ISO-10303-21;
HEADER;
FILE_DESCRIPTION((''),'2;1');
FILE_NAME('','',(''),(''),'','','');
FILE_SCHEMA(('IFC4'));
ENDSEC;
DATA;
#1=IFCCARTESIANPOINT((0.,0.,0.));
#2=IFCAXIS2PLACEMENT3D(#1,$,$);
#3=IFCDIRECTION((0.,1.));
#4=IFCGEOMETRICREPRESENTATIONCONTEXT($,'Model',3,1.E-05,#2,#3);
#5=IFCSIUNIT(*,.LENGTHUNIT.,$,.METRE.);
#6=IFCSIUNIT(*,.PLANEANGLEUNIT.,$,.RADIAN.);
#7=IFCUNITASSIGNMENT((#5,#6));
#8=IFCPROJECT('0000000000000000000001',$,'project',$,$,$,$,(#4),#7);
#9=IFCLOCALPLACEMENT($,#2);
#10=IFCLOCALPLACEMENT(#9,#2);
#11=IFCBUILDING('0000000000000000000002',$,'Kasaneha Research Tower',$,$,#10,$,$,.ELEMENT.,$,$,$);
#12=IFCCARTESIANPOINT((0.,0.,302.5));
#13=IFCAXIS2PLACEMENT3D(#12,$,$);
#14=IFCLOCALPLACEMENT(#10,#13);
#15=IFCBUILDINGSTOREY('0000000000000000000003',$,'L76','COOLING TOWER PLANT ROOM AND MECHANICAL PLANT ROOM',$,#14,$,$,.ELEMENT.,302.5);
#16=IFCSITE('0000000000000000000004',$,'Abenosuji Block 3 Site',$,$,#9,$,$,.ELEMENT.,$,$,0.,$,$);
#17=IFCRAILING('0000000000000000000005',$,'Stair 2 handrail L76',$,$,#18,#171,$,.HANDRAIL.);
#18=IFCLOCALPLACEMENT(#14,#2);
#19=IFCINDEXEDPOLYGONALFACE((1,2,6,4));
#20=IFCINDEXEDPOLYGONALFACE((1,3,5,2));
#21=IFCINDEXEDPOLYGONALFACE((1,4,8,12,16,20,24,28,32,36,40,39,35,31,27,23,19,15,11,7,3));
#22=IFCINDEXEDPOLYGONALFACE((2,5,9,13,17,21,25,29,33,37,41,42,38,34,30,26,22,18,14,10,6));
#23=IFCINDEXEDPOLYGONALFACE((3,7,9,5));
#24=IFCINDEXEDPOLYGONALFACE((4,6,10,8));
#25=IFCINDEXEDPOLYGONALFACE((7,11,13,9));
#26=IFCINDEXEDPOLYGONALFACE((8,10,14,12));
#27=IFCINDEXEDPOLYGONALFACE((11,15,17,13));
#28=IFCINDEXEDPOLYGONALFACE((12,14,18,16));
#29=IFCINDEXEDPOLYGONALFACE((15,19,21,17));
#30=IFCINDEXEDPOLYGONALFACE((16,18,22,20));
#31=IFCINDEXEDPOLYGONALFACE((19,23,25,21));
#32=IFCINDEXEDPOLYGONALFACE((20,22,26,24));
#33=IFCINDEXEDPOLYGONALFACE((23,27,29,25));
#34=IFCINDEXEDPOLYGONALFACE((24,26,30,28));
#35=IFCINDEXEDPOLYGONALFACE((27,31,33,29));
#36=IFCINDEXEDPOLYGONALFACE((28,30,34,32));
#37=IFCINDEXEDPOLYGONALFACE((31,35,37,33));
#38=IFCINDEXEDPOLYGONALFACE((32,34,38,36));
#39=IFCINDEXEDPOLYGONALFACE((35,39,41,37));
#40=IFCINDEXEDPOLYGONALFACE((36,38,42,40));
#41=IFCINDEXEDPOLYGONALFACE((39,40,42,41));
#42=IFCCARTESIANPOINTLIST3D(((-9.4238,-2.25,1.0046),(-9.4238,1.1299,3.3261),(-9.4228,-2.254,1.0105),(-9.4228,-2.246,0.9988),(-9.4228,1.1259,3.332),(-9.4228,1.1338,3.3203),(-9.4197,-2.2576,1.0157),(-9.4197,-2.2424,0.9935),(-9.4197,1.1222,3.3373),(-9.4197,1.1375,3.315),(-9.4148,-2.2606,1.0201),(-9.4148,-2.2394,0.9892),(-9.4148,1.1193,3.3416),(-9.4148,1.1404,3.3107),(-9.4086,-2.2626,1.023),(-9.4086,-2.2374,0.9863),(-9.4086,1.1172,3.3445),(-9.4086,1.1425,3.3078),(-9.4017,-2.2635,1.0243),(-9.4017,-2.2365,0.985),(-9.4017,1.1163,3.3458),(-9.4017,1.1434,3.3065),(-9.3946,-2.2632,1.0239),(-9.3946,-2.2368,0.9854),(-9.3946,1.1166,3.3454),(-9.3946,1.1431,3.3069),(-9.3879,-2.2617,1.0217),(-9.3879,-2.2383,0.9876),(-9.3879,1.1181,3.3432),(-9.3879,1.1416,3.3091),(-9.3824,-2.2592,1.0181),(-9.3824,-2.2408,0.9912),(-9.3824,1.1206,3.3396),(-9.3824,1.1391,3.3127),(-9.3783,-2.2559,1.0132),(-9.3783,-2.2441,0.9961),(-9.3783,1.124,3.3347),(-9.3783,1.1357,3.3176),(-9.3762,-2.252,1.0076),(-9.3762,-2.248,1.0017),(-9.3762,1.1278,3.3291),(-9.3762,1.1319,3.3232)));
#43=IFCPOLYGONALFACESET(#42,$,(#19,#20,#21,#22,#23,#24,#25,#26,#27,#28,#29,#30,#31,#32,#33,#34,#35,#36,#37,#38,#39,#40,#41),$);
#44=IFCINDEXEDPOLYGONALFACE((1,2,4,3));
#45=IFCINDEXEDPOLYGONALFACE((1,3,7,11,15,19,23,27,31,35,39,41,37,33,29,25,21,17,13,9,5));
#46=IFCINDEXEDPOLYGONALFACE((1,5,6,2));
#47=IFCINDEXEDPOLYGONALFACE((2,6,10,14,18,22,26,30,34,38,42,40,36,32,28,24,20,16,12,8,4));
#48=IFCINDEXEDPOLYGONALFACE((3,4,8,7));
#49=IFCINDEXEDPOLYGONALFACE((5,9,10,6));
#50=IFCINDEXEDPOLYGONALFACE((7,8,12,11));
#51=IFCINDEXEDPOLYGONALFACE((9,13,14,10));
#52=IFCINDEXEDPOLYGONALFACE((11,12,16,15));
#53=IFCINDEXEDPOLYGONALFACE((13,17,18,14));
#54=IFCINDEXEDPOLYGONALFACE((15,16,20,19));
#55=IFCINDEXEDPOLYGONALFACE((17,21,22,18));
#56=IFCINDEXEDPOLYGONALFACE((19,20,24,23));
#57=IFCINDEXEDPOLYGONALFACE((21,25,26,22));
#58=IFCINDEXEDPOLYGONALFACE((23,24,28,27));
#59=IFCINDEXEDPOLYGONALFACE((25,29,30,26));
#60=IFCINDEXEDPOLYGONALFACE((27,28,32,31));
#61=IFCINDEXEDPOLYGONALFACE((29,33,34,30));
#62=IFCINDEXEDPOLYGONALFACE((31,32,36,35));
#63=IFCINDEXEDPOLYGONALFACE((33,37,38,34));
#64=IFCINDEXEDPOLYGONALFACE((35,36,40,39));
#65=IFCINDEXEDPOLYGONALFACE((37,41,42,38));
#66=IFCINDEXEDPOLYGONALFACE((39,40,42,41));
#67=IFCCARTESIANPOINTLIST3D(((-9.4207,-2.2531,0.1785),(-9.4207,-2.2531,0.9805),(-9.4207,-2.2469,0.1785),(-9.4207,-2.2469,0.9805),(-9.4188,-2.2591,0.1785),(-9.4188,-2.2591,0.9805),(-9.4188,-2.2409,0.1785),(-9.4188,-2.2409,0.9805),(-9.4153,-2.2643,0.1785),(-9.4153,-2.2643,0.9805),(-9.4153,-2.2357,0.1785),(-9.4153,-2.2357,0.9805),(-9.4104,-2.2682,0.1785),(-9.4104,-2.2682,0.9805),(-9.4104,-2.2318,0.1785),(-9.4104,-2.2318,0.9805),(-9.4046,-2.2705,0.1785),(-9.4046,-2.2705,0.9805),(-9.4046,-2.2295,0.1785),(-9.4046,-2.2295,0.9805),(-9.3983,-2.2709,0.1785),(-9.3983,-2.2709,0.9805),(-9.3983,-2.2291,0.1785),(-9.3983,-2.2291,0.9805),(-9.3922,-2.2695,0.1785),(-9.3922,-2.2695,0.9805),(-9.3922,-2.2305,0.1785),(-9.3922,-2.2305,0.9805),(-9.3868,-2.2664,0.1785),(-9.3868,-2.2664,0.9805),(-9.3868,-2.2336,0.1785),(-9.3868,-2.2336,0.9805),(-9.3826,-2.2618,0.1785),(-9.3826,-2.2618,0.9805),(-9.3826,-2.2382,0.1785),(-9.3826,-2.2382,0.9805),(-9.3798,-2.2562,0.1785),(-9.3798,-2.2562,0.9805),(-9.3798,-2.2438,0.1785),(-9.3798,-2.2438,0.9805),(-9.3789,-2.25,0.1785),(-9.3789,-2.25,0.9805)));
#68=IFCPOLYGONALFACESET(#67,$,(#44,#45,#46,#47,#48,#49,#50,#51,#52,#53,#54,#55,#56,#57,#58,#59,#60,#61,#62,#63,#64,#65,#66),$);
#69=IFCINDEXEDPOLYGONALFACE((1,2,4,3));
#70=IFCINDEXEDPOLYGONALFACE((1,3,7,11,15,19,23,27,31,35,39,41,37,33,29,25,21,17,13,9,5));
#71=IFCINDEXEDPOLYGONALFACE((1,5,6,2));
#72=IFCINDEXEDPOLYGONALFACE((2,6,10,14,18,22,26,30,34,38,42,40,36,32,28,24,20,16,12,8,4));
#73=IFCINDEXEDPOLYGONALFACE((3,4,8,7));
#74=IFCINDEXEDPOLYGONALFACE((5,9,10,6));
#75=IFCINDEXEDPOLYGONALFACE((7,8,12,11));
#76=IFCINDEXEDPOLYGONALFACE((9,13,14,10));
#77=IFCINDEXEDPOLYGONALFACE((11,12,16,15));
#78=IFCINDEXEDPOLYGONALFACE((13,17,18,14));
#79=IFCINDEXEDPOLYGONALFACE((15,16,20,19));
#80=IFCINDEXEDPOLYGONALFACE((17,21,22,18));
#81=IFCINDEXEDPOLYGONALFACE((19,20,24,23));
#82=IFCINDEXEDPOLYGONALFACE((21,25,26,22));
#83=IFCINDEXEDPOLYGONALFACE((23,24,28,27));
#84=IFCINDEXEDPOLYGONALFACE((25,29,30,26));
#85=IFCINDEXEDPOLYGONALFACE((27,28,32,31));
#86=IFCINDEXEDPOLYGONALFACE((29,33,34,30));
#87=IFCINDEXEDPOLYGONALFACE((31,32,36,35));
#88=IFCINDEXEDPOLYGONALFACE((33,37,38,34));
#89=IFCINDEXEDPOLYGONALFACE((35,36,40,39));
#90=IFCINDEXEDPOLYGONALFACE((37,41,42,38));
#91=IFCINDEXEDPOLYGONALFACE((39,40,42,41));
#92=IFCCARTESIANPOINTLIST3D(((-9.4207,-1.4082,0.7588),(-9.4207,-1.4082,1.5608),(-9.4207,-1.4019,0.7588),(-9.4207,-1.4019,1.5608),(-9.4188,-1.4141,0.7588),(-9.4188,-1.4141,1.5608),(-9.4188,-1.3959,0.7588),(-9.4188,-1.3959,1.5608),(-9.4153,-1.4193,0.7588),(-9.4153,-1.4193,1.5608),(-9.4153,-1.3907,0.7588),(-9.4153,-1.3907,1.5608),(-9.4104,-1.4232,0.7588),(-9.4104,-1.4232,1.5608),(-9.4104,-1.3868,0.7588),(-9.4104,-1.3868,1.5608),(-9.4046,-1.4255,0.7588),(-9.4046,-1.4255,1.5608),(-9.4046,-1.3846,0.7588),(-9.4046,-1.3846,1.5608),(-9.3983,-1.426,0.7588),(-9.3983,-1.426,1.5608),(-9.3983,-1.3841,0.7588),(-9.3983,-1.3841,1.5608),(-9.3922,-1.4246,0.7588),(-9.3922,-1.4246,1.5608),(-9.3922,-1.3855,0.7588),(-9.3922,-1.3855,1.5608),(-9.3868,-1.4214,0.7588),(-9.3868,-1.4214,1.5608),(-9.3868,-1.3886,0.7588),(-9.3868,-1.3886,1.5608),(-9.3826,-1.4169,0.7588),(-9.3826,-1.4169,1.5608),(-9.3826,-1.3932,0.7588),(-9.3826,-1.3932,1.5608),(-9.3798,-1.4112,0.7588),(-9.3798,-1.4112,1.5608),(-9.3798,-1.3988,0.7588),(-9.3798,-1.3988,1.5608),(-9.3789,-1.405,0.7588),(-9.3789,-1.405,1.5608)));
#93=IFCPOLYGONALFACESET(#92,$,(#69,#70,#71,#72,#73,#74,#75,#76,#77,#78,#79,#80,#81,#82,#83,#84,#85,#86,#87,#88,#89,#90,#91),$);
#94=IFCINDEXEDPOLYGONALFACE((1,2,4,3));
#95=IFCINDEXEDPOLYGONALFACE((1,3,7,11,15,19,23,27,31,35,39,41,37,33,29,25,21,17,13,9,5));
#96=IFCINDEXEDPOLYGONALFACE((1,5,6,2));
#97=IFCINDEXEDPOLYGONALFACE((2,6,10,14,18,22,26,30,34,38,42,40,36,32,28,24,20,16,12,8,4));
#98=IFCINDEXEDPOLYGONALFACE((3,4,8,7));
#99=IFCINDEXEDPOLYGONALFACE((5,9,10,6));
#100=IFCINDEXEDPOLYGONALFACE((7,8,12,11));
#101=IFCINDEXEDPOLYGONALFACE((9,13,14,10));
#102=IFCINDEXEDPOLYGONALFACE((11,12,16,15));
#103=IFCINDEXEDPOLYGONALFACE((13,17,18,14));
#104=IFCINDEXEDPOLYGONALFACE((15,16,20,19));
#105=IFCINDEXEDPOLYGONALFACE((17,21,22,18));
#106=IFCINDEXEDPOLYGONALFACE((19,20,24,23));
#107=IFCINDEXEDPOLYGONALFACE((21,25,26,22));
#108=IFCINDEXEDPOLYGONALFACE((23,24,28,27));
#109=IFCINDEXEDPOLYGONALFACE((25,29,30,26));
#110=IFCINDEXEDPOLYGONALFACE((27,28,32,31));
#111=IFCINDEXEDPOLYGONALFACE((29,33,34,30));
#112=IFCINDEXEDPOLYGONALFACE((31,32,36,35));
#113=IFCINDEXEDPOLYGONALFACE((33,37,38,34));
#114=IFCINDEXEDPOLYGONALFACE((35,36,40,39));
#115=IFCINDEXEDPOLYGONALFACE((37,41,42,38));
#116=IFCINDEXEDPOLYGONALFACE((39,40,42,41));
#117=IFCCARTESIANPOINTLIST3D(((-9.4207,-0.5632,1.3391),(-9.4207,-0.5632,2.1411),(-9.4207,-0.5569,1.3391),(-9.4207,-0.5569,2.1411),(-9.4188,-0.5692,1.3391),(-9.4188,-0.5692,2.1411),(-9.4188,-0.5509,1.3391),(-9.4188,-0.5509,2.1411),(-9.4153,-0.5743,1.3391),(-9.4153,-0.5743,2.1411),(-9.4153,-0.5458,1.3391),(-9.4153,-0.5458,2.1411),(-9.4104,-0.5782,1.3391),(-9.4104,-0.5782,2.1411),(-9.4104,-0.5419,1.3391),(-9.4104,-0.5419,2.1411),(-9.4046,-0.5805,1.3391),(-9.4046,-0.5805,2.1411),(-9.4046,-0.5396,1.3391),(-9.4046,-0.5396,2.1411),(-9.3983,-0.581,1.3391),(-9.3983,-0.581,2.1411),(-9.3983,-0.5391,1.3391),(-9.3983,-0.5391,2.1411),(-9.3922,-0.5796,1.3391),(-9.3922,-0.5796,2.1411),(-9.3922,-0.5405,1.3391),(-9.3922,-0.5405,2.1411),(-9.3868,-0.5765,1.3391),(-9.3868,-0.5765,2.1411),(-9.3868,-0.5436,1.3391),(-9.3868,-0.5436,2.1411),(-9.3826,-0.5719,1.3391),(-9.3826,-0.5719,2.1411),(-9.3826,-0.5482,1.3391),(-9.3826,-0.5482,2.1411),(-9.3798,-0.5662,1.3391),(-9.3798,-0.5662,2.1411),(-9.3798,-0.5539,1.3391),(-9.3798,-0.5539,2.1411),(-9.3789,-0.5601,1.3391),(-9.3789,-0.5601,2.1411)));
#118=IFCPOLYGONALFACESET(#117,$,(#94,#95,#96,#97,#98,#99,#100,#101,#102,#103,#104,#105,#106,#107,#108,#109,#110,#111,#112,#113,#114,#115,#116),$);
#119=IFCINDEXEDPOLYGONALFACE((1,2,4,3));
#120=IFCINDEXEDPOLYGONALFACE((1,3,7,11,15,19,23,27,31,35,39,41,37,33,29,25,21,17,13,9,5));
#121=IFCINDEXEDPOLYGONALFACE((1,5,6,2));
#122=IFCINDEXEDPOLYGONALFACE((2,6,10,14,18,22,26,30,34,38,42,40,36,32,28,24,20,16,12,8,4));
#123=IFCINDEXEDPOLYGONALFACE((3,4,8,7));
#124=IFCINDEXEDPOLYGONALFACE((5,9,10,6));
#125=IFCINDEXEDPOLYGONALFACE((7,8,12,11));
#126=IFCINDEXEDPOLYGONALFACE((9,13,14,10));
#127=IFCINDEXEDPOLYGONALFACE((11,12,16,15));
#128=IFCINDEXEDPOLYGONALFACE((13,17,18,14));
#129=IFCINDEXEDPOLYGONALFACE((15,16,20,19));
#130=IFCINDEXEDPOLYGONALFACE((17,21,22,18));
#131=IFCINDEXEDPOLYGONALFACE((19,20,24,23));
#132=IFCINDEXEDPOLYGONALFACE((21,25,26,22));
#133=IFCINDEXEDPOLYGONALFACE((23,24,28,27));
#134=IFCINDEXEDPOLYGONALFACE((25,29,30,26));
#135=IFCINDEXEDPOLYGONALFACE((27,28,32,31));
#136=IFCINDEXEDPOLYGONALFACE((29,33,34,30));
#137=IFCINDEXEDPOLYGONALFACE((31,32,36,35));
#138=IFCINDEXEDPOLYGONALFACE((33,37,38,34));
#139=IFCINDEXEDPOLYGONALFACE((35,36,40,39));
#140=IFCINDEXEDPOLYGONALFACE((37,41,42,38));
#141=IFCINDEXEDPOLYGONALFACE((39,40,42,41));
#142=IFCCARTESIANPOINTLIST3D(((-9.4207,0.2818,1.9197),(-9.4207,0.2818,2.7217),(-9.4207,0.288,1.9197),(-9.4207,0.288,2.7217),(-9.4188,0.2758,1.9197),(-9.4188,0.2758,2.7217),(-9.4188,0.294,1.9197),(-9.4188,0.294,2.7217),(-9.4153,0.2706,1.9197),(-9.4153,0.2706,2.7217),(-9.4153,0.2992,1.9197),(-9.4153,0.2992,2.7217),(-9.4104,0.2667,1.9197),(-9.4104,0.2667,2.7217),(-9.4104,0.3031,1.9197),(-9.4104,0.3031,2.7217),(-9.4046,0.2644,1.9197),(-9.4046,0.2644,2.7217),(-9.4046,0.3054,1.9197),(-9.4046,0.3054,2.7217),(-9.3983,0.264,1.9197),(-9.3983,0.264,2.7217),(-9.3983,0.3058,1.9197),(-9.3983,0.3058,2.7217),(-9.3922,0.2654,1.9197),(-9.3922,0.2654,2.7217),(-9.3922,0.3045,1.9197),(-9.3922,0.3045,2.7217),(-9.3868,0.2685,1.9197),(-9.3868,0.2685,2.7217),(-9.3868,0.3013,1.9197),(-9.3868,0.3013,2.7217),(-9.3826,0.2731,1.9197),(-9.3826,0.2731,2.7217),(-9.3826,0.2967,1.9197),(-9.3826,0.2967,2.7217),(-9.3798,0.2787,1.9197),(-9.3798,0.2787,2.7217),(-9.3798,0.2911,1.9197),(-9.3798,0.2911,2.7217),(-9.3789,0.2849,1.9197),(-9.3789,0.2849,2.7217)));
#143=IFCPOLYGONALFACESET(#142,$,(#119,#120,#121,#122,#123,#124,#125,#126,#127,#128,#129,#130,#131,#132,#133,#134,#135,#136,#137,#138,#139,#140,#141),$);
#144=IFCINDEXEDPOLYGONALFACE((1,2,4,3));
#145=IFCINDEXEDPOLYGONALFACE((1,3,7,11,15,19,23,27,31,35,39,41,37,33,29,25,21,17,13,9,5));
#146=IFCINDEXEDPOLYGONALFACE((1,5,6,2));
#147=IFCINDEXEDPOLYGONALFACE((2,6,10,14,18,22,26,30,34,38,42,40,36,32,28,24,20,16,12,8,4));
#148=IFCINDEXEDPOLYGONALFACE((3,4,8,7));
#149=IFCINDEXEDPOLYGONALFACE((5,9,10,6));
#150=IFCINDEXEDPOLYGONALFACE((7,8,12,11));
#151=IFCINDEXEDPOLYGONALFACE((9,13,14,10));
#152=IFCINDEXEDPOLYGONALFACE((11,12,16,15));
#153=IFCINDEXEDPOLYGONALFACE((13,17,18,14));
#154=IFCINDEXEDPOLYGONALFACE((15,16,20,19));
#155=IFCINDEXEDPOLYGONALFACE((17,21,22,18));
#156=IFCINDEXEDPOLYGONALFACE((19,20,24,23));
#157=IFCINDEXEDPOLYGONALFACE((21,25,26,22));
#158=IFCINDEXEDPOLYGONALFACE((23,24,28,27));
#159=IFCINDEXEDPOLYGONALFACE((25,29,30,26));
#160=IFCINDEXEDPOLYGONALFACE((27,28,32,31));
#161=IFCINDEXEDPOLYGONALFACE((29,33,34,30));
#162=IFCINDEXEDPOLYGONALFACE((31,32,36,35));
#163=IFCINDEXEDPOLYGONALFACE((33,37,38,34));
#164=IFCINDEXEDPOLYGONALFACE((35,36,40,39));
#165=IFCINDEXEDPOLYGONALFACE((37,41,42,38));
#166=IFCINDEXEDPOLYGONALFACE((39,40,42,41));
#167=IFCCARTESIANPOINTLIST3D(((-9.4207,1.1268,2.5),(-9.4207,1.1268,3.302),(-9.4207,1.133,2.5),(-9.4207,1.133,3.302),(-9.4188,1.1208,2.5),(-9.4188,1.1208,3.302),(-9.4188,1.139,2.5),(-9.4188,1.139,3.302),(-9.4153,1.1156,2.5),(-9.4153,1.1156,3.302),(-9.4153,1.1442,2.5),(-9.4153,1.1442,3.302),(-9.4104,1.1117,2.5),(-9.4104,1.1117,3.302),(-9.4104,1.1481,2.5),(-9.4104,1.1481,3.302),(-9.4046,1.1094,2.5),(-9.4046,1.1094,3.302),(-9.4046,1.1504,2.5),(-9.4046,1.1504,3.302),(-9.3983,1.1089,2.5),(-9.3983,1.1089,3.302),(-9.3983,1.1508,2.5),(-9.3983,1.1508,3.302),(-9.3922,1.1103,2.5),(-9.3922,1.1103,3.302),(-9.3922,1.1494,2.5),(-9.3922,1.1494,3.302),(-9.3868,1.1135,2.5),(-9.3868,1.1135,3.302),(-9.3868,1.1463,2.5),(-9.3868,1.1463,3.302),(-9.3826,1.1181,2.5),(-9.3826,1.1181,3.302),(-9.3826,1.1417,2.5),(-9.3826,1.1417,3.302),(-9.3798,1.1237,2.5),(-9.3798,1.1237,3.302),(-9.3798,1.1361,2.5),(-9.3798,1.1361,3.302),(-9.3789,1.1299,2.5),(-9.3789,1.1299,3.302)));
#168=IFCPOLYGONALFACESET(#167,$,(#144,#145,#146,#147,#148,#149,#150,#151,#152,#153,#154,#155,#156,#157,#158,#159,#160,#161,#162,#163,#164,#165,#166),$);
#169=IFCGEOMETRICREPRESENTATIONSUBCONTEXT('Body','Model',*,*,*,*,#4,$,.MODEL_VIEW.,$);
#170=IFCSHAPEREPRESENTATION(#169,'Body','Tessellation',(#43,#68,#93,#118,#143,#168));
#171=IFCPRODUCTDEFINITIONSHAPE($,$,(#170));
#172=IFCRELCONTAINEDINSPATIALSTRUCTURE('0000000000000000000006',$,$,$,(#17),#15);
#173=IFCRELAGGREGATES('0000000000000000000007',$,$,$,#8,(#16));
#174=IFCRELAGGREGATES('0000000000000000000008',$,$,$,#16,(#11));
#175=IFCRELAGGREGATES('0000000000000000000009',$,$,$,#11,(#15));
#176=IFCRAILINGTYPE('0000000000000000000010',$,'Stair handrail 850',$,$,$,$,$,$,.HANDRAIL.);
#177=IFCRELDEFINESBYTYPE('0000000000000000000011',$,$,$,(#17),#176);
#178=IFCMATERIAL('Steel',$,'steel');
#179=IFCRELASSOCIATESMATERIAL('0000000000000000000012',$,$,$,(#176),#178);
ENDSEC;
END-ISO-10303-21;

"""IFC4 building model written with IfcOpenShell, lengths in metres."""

from ifc_helpers import new_model, si_unit, direction, frame, origin, origin_2d, place, context, subcontext, project, spatial, circle, extrude, material, type_object, element, save


model = new_model("IFC4")

# Units and contexts
model_context = context("Model", 3, precision=1e-05, world=origin(), true_north=direction((0.0, 1.0)))
body_context = subcontext(model_context, "Body", "Model", "MODEL_VIEW")
ifc_project = project(units=[si_unit("LENGTHUNIT", "METRE"), si_unit("PLANEANGLEUNIT", "RADIAN")], contexts=[model_context])

# Site, building, storey
site_placement = place(None, origin())
site = spatial("IfcSite", under=ifc_project, at=site_placement, Name="Abenosuji Block 3 Site", CompositionType="ELEMENT", RefElevation=0.0)
building_placement = place(site_placement, origin())
building = spatial("IfcBuilding", under=site, at=building_placement, Name="Kasaneha Research Tower", CompositionType="ELEMENT")
storey_placement = place(building_placement, frame((0.0, 0.0, 302.5)))
storey = spatial("IfcBuildingStorey", under=building, at=storey_placement, Name="L76", Description="COOLING TOWER PLANT ROOM AND MECHANICAL PLANT ROOM", CompositionType="ELEMENT", Elevation=302.5)

# Railing
ifc_material_1 = material(Name="Steel", Category="steel")
railing_type = type_object("IfcRailingType", Name="Stair handrail 850", PredefinedType="HANDRAIL", material=ifc_material_1)
railing_placement = place(storey_placement, frame((-9.3999, -2.25, 0.1785)))
element("IfcRailing", 1, at=railing_placement, inside=storey, type_object=railing_type, Name="Stair 2 handrail L76", PredefinedType="HANDRAIL", context=body_context, shape_type="SweptSolid", body=[
    extrude(circle(Radius=0.0239, at=origin_2d()), frame((0.0, 0.0, 0.8262), z_axis=(0.0, 0.824285, 0.566175), x_axis=(-1.0, 0.0, 0.0)), (0.0, 0.0, 1.0), 4.1003),
    extrude(circle(Radius=0.021, at=origin_2d()), origin(), (0.0, 0.0, 1.0), 0.802),
    extrude(circle(Radius=0.021, at=origin_2d()), frame((0.0, 0.845, 0.5803)), (0.0, 0.0, 1.0), 0.802),
    extrude(circle(Radius=0.021, at=origin_2d()), frame((0.0, 1.6899, 1.1606)), (0.0, 0.0, 1.0), 0.802),
    extrude(circle(Radius=0.021, at=origin_2d()), frame((0.0, 2.5349, 1.7412)), (0.0, 0.0, 1.0), 0.802),
    extrude(circle(Radius=0.021, at=origin_2d()), frame((0.0, 3.3799, 2.3215)), (0.0, 0.0, 1.0), 0.802),
])

save(model, "model.ifc")
